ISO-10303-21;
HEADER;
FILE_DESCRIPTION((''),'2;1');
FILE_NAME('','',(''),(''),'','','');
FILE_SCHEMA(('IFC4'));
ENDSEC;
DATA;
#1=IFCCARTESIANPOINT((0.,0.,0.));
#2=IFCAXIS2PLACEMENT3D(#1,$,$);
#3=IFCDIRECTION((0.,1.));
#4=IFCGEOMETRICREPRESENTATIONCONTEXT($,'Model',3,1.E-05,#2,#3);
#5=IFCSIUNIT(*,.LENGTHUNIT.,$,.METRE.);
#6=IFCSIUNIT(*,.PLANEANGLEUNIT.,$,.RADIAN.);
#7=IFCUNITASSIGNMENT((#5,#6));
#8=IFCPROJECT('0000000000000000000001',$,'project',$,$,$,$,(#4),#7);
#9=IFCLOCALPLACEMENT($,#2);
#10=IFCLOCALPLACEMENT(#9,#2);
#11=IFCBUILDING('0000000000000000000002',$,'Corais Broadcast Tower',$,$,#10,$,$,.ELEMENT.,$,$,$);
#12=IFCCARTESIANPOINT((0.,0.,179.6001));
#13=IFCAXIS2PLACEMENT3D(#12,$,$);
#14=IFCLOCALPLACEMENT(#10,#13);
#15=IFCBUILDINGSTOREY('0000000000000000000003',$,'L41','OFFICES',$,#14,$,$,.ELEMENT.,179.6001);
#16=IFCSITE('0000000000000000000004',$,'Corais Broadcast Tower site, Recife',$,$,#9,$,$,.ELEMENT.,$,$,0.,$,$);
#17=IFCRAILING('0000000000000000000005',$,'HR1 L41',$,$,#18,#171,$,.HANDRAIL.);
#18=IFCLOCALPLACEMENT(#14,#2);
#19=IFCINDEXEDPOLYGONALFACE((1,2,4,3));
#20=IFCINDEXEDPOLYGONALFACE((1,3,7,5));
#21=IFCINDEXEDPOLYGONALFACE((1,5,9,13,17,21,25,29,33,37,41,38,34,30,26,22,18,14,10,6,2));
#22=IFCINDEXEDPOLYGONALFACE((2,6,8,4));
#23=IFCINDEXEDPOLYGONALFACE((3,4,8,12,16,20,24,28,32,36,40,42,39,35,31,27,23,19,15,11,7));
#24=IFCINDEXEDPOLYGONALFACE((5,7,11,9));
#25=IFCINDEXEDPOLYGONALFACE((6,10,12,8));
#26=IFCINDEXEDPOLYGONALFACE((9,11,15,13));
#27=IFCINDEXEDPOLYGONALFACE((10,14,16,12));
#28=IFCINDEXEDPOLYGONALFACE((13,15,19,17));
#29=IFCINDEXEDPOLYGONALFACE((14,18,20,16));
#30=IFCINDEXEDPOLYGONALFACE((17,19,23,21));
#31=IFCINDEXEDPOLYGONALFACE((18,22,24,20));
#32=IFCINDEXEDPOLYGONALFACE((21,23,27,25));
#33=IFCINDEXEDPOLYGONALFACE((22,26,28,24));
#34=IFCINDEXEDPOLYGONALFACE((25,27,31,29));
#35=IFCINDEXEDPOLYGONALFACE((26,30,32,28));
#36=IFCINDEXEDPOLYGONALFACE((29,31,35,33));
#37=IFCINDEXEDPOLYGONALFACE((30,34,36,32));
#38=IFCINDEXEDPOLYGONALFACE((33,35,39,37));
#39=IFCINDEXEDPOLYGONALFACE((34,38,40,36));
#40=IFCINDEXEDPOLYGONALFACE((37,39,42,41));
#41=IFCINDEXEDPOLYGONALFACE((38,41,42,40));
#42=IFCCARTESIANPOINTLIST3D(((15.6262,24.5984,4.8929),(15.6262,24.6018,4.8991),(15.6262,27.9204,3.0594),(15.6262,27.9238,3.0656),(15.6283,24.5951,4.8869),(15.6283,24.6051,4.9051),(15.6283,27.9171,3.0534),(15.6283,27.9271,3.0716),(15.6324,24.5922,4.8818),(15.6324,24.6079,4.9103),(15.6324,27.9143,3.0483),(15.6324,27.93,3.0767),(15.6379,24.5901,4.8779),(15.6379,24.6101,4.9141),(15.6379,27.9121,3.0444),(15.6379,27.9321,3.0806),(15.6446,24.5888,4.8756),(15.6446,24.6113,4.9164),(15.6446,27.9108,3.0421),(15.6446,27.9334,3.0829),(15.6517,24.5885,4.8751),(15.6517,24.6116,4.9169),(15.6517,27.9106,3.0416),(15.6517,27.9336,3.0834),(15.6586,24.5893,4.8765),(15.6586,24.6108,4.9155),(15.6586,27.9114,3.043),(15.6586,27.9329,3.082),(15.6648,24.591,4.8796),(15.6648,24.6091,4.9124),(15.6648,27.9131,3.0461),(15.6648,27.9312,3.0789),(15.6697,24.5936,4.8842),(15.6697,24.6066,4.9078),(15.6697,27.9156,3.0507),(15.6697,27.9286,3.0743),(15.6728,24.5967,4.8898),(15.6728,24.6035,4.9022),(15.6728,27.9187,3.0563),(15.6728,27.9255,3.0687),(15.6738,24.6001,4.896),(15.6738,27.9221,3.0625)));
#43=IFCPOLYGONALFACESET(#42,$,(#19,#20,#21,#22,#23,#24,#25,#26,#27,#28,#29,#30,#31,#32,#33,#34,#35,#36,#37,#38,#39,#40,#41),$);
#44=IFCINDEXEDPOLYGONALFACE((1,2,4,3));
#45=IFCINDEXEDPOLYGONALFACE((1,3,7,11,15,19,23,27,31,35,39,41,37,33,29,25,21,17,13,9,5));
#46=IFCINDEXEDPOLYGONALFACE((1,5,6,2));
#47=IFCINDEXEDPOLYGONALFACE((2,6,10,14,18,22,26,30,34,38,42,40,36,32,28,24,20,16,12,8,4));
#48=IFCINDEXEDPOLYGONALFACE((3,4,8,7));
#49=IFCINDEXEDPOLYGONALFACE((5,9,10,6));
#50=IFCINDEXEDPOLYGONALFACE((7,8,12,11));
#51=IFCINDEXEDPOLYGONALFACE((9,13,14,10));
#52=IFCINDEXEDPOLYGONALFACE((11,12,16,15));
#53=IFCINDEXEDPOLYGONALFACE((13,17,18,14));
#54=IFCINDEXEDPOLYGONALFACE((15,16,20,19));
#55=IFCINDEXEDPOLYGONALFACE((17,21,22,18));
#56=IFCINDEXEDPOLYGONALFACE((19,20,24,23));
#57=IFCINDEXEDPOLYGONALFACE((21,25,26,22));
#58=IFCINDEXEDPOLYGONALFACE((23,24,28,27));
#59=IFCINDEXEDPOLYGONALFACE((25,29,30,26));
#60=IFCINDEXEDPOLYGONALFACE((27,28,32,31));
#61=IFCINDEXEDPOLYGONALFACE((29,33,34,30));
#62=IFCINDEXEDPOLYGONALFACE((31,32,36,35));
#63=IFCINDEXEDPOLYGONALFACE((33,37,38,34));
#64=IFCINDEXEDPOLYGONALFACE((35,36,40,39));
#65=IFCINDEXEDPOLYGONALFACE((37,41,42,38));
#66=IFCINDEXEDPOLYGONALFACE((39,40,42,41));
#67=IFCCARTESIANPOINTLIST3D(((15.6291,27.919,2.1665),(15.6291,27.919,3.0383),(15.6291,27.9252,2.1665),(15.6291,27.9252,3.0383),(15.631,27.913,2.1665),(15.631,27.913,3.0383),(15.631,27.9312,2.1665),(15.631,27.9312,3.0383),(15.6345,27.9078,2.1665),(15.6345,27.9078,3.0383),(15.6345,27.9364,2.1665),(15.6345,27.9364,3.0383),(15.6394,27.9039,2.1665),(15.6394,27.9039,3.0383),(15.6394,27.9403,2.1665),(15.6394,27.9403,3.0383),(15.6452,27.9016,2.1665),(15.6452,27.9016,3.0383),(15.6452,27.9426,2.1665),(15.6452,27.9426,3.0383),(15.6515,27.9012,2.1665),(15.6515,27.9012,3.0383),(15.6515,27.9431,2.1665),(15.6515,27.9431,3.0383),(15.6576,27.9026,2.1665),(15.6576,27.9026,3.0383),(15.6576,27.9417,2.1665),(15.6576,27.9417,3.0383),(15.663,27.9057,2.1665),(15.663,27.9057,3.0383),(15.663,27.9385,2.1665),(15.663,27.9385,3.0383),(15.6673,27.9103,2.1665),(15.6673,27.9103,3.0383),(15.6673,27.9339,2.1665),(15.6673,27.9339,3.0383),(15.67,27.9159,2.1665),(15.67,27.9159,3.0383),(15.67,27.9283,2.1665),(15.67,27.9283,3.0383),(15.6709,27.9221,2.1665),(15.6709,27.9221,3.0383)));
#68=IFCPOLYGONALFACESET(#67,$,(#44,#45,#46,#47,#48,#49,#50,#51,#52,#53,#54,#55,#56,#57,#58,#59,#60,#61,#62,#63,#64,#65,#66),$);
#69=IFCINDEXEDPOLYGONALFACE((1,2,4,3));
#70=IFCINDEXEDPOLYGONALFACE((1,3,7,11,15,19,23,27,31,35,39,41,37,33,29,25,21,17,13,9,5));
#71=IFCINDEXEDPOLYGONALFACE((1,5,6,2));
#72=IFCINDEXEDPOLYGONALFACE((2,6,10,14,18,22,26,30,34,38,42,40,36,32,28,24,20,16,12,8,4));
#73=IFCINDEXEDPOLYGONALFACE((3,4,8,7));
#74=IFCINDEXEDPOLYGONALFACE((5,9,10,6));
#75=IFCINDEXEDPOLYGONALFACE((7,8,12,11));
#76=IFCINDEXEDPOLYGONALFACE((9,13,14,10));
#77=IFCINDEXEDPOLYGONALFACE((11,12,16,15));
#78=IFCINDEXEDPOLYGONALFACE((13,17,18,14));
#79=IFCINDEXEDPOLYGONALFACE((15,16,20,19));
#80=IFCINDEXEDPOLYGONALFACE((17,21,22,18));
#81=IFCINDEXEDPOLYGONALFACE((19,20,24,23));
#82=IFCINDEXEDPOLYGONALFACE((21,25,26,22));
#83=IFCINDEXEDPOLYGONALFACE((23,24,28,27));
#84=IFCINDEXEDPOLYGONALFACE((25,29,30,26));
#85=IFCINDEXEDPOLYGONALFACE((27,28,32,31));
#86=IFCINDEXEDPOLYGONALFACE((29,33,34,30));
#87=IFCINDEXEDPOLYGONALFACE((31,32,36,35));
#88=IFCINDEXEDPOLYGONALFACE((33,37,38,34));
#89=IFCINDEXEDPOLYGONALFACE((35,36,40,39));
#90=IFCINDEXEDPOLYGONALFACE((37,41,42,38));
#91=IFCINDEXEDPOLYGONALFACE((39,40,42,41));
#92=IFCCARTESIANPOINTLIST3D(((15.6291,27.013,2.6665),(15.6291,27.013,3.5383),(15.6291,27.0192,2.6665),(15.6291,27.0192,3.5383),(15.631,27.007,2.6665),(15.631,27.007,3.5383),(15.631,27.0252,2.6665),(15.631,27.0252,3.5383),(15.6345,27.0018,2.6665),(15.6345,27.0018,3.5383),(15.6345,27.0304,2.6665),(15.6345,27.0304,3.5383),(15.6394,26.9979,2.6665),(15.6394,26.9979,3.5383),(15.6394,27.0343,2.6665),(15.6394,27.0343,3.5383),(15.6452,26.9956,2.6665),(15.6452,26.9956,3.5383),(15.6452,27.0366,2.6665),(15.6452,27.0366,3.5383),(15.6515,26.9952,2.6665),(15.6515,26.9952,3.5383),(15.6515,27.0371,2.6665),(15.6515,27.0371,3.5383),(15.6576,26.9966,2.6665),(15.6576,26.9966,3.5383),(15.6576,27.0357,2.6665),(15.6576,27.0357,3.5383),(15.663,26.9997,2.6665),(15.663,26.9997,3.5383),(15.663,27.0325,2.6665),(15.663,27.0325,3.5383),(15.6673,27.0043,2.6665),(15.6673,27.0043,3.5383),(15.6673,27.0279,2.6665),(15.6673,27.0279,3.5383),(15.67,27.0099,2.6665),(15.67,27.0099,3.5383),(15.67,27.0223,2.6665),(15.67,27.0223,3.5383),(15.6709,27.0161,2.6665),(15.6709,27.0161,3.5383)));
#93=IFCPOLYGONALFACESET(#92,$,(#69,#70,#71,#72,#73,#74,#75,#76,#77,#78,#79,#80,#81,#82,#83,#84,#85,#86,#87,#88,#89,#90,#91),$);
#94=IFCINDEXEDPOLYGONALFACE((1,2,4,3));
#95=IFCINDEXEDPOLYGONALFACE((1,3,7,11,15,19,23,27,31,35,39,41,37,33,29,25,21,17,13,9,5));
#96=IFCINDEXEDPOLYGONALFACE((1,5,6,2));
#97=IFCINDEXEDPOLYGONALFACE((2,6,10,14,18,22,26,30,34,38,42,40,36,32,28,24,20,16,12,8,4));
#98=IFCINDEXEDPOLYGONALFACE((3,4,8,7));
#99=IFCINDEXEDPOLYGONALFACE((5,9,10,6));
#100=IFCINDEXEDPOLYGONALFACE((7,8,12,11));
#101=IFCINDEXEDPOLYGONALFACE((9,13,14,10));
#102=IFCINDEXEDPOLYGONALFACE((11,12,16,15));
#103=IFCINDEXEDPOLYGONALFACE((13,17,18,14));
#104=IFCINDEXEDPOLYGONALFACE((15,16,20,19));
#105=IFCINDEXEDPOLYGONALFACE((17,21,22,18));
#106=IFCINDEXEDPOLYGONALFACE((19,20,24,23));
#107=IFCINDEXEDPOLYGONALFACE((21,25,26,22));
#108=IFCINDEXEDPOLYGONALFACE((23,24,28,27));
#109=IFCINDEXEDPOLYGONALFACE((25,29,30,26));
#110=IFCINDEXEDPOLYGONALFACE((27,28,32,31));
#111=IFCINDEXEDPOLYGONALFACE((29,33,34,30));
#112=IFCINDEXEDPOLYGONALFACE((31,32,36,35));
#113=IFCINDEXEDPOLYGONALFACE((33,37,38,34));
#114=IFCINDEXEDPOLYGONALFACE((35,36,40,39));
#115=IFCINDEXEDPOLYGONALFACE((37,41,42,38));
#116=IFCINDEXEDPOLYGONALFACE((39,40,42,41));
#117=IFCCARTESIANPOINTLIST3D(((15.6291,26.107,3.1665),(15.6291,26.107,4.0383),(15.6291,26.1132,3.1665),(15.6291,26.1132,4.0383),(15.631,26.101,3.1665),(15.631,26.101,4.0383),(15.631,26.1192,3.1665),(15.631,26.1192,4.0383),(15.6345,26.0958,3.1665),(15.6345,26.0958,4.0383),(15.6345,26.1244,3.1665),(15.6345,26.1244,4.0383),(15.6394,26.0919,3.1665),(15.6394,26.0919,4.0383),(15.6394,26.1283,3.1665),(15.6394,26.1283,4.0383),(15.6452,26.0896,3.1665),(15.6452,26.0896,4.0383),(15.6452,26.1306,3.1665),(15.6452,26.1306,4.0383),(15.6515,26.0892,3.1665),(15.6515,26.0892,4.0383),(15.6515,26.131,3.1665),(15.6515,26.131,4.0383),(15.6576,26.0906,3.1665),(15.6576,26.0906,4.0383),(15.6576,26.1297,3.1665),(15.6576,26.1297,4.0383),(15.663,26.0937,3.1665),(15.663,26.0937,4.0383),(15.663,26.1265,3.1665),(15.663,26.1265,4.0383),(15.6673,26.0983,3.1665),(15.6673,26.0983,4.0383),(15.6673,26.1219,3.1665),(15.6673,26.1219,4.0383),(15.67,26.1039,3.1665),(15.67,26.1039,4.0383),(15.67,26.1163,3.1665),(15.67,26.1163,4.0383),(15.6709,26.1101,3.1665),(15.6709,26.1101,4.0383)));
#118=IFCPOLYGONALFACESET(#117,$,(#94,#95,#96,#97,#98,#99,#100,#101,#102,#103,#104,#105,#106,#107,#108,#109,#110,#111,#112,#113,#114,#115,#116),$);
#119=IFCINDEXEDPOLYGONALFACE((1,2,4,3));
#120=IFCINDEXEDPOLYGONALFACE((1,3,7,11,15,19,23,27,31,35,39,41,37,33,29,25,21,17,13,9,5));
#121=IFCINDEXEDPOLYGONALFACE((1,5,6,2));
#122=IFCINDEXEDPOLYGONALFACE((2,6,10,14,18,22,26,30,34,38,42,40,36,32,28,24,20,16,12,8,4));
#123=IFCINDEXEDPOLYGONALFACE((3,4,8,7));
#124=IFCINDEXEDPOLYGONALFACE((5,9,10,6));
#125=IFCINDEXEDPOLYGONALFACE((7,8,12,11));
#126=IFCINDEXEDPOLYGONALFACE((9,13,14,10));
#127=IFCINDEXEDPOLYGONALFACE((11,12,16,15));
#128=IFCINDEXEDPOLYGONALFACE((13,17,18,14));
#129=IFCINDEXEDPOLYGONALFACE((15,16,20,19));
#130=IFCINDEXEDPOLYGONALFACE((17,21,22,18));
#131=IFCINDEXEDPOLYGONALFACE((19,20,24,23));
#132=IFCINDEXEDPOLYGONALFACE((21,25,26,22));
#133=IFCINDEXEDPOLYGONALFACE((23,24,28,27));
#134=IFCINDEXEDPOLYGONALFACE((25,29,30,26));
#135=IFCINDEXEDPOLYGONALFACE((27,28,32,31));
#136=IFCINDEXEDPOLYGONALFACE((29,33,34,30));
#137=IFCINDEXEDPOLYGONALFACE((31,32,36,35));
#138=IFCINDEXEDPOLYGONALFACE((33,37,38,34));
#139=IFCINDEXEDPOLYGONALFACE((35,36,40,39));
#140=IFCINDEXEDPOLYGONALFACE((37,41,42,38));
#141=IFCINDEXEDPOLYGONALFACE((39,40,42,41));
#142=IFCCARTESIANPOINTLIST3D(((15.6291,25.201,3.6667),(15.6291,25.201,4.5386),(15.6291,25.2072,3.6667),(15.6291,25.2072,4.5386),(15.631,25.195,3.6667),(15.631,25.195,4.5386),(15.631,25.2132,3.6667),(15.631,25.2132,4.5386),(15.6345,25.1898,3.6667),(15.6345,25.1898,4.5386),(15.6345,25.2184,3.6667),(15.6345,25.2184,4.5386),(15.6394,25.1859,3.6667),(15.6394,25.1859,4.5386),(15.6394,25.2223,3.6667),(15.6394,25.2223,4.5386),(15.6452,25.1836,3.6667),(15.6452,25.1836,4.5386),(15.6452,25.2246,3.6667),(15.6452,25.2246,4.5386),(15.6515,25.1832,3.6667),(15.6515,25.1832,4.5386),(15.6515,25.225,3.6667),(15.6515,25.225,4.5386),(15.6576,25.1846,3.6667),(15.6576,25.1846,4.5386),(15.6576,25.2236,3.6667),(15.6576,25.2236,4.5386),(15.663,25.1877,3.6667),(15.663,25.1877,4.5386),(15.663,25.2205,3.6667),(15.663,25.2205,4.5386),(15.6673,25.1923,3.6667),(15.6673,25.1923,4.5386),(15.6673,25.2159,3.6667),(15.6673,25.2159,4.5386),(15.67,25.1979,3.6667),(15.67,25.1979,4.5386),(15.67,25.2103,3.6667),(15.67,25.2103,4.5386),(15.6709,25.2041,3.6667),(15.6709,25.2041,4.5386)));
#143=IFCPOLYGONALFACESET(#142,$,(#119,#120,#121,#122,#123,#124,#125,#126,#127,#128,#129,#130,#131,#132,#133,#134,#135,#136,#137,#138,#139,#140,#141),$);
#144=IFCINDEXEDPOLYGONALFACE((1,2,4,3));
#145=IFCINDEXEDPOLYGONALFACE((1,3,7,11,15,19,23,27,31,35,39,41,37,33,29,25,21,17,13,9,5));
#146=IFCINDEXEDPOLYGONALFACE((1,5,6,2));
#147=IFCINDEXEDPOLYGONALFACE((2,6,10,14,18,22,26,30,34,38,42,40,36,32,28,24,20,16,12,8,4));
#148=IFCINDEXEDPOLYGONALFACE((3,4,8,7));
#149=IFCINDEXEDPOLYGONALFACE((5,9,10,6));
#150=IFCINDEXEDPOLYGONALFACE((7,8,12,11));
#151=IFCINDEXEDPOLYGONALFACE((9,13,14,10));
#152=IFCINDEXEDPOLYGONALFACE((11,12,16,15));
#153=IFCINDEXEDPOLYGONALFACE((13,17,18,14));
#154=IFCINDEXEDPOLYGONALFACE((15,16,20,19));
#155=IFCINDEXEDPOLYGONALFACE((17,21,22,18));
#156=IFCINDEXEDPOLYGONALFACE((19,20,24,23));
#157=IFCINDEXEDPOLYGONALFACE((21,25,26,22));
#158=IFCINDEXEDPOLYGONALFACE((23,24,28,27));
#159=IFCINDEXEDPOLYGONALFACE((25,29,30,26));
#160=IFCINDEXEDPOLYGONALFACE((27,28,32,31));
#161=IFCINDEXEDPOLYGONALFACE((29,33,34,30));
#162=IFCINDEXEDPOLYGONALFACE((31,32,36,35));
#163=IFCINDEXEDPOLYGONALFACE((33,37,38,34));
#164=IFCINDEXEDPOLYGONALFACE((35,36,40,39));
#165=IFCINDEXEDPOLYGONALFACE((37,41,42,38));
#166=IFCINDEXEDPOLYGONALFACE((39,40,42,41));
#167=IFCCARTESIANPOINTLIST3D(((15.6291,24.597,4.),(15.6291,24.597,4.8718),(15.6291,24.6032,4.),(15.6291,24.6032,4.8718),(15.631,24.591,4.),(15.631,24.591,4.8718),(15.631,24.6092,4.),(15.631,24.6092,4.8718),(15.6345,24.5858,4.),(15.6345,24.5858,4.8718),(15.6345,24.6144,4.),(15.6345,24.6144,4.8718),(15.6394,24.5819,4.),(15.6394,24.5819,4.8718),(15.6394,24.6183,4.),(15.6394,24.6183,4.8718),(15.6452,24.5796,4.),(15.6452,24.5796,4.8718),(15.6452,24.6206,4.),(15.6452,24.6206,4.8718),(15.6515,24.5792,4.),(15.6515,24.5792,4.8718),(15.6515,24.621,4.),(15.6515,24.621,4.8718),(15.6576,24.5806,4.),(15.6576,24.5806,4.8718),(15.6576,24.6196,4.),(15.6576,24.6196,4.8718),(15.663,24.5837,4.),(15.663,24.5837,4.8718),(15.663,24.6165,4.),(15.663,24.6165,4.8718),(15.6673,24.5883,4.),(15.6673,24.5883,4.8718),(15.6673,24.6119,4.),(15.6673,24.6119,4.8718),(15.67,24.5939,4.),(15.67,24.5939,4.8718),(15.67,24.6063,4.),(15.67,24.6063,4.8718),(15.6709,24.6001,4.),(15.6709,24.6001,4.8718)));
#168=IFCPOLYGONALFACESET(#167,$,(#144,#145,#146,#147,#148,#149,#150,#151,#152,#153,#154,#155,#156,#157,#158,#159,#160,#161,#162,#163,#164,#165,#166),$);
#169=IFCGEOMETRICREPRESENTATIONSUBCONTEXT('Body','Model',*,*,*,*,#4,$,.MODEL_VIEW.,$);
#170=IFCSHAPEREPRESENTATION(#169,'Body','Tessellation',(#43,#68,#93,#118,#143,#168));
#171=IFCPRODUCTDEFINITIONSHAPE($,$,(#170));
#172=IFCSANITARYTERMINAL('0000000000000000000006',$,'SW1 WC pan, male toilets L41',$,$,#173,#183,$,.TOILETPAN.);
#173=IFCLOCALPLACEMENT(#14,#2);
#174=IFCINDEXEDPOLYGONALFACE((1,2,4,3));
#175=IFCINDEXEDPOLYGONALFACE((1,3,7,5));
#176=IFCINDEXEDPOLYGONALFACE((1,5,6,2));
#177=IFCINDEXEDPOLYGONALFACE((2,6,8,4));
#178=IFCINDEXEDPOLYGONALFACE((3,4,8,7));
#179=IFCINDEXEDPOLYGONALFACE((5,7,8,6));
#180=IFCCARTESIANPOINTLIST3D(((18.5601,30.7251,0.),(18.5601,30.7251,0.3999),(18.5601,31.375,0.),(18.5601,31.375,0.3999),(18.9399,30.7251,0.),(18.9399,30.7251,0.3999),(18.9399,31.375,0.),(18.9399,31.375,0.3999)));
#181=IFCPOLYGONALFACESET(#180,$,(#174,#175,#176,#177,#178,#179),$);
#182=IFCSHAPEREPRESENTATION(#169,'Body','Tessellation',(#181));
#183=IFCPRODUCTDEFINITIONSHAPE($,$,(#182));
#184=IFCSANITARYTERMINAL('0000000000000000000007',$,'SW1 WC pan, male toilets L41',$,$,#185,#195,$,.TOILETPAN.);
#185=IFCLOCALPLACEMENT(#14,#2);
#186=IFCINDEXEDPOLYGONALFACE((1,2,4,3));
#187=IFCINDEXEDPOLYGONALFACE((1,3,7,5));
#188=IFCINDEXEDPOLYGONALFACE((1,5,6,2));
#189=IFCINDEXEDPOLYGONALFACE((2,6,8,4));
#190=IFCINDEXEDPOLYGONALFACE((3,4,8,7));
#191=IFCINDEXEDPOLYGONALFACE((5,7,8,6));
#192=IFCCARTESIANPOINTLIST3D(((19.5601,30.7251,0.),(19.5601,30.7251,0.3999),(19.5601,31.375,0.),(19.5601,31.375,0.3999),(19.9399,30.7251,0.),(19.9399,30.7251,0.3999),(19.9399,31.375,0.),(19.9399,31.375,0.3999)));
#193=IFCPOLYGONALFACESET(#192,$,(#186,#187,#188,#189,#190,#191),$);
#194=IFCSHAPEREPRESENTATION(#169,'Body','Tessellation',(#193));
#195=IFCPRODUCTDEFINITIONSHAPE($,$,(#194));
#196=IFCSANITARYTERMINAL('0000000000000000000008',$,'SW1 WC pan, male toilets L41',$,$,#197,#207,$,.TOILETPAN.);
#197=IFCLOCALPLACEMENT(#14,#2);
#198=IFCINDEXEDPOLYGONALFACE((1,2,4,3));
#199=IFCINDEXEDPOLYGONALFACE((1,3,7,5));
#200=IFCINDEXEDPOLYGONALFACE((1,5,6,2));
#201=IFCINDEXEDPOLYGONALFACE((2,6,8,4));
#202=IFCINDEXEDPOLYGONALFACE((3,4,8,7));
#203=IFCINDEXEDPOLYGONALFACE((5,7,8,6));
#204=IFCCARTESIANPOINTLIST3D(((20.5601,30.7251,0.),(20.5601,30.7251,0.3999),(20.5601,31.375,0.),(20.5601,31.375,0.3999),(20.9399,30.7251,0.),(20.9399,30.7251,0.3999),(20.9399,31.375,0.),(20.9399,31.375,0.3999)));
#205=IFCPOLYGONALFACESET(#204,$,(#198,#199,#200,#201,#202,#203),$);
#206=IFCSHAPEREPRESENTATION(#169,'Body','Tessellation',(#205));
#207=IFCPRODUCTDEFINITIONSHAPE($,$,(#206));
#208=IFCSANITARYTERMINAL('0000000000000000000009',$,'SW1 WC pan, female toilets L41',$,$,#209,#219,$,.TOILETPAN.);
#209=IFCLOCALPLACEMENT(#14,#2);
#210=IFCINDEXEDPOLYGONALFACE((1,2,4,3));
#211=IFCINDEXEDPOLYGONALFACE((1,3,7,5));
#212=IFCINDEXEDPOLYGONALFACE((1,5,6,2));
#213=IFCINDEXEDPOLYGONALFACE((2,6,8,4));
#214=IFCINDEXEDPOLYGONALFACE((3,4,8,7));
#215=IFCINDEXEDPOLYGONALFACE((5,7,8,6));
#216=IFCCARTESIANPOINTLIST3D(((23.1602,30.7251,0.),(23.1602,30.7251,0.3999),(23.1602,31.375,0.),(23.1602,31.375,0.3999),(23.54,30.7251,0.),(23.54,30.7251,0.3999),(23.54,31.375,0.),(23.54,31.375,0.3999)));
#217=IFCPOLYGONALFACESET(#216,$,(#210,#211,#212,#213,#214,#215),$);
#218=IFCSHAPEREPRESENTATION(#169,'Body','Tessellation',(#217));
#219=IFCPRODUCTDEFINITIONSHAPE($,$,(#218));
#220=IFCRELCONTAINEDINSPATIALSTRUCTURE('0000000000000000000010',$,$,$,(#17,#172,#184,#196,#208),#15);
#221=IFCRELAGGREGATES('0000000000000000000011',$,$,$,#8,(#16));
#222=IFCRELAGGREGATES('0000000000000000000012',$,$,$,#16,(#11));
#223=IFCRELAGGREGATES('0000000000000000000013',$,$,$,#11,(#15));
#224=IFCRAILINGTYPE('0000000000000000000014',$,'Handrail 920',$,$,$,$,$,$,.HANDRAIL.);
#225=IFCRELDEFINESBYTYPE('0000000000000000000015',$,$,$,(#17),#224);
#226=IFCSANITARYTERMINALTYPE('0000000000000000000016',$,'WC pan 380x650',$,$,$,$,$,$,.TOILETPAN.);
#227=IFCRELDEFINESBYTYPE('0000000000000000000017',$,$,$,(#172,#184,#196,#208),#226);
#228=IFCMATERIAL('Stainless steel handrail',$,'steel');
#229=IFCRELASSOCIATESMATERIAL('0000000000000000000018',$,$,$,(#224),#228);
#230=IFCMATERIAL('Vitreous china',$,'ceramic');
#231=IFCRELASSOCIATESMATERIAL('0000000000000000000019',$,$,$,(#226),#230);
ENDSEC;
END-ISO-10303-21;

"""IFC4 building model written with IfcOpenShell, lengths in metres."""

from ifc_helpers import new_model, si_unit, direction, frame, origin, origin_2d, place, context, subcontext, project, spatial, rectangle, circle, extrude, material, type_object, element, save


model = new_model("IFC4")

# Units and contexts
model_context = context("Model", 3, precision=1e-05, world=origin(), true_north=direction((0.0, 1.0)))
body_context = subcontext(model_context, "Body", "Model", "MODEL_VIEW")
ifc_project = project(units=[si_unit("LENGTHUNIT", "METRE"), si_unit("PLANEANGLEUNIT", "RADIAN")], contexts=[model_context])

# Site, building, storey
site_placement = place(None, origin())
site = spatial("IfcSite", under=ifc_project, at=site_placement, Name="Corais Broadcast Tower site, Recife", CompositionType="ELEMENT", RefElevation=0.0)
building_placement = place(site_placement, origin())
building = spatial("IfcBuilding", under=site, at=building_placement, Name="Corais Broadcast Tower", CompositionType="ELEMENT")
storey_placement = place(building_placement, frame((0.0, 0.0, 179.6001)))
storey = spatial("IfcBuildingStorey", under=building, at=storey_placement, Name="L41", Description="OFFICES", CompositionType="ELEMENT", Elevation=179.6001)

# Railing
ifc_material_1 = material(Name="Stainless steel handrail", Category="steel")
railing_type = type_object("IfcRailingType", Name="Handrail 920", PredefinedType="HANDRAIL", material=ifc_material_1)
for number, where, name in (
    (1, (15.6499, 27.9221, 2.1665), "HR1 L41"),
):
    element("IfcRailing", number, at=place(storey_placement, frame(where)), inside=storey, type_object=railing_type, Name=name, PredefinedType="HANDRAIL", context=body_context, shape_type="SweptSolid", body=[
        extrude(circle(Radius=0.0239, at=origin_2d()), frame((0.0, 0.0, 0.896), z_axis=(0.0, -0.875504, 0.48321), x_axis=(1.0, 0.0, 0.0)), (0.0, 0.0, 1.0), 3.7944),
        extrude(circle(Radius=0.021, at=origin_2d()), origin(), (0.0, 0.0, 1.0), 0.8718),
        extrude(circle(Radius=0.021, at=origin_2d()), frame((0.0, -0.906, 0.5)), (0.0, 0.0, 1.0), 0.8718),
        extrude(circle(Radius=0.021, at=origin_2d()), frame((0.0, -1.812, 1.0)), (0.0, 0.0, 1.0), 0.8718),
        extrude(circle(Radius=0.021, at=origin_2d()), frame((0.0, -2.718, 1.5002)), (0.0, 0.0, 1.0), 0.8718),
        extrude(circle(Radius=0.021, at=origin_2d()), frame((0.0, -3.322, 1.8335)), (0.0, 0.0, 1.0), 0.8718),
    ])

# Sanitary terminals
ifc_material_2 = material(Name="Vitreous china", Category="ceramic")
sanitary_terminal_type_1 = type_object("IfcSanitaryTerminalType", Name="WC pan 380x650", PredefinedType="TOILETPAN", material=ifc_material_2)
for number, where, z_axis, x_axis, name in (
    (2, (18.75, 31.05, 0.0), (0.0, 0.0, 1.0), (1.0, 0.0, 0.0), "SW1 WC pan, male toilets L41"),
    (3, (19.75, 31.05, 0.0), (0.0, 0.0, 1.0), (1.0, 0.0, 0.0), "SW1 WC pan, male toilets L41"),
    (4, (20.75, 31.05, 0.0), (0.0, 0.0, 1.0), (1.0, 0.0, 0.0), "SW1 WC pan, male toilets L41"),
    (5, (23.3501, 31.05, 0.0), (0.0, 0.0, 1.0), (1.0, 0.0, 0.0), "SW1 WC pan, female toilets L41"),
):
    element("IfcSanitaryTerminal", number, at=place(storey_placement, frame(where, z_axis=z_axis, x_axis=x_axis)), inside=storey, type_object=sanitary_terminal_type_1, Name=name, PredefinedType="TOILETPAN", context=body_context, shape_type="SweptSolid", body=[
        extrude(rectangle(XDim=0.3799, YDim=0.6499, at=origin_2d()), origin(), (0.0, 0.0, 1.0), 0.3999),
    ])

save(model, "model.ifc")
